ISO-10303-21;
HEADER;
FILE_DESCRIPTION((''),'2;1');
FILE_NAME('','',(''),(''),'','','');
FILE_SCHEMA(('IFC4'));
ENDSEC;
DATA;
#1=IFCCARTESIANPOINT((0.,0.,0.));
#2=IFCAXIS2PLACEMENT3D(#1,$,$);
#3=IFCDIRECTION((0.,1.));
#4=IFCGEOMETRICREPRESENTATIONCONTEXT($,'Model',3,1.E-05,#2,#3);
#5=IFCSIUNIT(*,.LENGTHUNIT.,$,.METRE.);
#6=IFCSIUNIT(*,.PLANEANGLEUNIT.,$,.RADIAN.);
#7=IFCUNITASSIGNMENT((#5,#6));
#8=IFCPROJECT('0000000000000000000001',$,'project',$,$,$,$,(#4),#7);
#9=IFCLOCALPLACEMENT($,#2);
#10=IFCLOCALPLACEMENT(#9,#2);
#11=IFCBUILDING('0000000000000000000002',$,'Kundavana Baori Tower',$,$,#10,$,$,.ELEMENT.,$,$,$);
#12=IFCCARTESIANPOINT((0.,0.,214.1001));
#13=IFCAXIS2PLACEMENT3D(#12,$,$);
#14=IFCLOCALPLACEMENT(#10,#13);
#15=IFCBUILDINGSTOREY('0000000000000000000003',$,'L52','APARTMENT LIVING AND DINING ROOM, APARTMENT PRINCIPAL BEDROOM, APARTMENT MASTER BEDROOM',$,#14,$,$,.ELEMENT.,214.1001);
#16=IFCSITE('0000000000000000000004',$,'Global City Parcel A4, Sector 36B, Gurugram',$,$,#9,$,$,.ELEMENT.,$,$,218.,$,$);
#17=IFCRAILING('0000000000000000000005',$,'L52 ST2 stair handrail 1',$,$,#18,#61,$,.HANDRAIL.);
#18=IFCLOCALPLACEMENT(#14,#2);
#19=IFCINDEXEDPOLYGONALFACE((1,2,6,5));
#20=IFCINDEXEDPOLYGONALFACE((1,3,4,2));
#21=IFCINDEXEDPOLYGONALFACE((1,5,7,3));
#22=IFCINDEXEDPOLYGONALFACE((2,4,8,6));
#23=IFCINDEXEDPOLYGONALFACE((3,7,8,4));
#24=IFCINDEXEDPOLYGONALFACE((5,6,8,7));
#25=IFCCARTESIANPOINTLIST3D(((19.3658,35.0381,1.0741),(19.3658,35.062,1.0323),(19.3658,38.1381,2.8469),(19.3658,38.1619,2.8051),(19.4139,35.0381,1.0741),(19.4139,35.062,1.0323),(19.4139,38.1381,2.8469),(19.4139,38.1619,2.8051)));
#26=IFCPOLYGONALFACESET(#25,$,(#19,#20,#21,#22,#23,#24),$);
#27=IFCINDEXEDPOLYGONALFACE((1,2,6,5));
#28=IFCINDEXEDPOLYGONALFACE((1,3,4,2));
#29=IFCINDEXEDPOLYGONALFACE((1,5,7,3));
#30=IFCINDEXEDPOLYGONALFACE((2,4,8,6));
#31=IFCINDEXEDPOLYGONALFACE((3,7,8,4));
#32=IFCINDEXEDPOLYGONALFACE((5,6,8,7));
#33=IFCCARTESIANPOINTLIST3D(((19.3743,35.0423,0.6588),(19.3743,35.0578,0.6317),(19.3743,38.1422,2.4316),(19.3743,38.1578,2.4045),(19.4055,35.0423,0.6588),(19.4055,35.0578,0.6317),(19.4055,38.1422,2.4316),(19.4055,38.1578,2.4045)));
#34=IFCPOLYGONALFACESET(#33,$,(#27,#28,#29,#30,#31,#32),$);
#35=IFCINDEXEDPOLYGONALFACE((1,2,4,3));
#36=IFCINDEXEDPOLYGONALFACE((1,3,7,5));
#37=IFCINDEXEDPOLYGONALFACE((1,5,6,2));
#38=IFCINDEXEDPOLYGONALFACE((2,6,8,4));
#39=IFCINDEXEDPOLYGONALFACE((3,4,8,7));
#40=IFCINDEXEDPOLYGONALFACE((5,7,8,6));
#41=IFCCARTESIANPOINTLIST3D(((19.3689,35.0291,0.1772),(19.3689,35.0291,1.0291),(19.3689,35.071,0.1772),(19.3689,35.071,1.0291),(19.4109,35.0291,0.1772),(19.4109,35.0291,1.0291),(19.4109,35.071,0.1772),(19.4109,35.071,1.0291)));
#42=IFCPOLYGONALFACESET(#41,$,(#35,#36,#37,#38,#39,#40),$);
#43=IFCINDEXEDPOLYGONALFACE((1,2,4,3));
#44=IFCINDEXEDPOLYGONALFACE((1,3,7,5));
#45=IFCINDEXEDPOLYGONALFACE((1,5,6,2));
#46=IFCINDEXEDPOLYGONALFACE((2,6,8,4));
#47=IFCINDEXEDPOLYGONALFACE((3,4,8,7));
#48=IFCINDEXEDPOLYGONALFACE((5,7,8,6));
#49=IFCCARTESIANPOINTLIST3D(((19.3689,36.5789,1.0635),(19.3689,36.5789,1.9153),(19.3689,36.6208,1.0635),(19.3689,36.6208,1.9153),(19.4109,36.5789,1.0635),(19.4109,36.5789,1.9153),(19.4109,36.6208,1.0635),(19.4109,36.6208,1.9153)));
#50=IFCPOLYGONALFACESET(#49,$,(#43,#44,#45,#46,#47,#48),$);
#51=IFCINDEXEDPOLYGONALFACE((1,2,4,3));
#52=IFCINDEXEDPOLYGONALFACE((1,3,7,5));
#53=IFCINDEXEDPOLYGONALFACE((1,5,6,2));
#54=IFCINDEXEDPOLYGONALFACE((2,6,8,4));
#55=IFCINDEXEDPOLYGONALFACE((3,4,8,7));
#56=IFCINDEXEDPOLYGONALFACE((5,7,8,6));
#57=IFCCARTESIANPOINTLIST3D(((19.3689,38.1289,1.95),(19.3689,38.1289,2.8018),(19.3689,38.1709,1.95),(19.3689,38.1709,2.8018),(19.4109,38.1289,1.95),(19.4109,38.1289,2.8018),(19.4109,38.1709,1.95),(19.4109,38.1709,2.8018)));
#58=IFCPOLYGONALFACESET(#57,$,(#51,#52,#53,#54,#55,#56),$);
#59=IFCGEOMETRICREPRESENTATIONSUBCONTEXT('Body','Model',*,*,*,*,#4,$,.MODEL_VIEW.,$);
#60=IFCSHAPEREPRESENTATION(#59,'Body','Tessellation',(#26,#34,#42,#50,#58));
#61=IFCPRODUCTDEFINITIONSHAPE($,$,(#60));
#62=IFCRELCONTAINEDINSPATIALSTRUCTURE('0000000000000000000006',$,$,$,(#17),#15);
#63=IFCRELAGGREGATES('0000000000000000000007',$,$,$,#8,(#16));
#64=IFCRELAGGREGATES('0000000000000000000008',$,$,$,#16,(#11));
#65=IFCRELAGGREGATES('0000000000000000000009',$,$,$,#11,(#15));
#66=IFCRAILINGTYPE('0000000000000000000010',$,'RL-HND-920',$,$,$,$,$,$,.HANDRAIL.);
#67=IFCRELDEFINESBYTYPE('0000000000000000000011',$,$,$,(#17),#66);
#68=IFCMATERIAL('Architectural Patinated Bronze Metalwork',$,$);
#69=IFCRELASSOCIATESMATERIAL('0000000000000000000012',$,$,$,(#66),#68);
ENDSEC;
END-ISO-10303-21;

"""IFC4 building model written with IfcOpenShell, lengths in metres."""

from ifc_helpers import new_model, si_unit, direction, frame, origin, origin_2d, place, context, subcontext, project, spatial, rectangle, extrude, material, type_object, element, save


model = new_model("IFC4")

# Units and contexts
model_context = context("Model", 3, precision=1e-05, world=origin(), true_north=direction((0.0, 1.0)))
body_context = subcontext(model_context, "Body", "Model", "MODEL_VIEW")
ifc_project = project(units=[si_unit("LENGTHUNIT", "METRE"), si_unit("PLANEANGLEUNIT", "RADIAN")], contexts=[model_context])

# Site, building, storey
site_placement = place(None, origin())
site = spatial("IfcSite", under=ifc_project, at=site_placement, Name="Global City Parcel A4, Sector 36B, Gurugram", CompositionType="ELEMENT", RefElevation=218.0)
building_placement = place(site_placement, origin())
building = spatial("IfcBuilding", under=site, at=building_placement, Name="Kundavana Baori Tower", CompositionType="ELEMENT")
storey_placement = place(building_placement, frame((0.0, 0.0, 214.1001)))
storey = spatial("IfcBuildingStorey", under=building, at=storey_placement, Name="L52", Description="APARTMENT LIVING AND DINING ROOM, APARTMENT PRINCIPAL BEDROOM, APARTMENT MASTER BEDROOM", CompositionType="ELEMENT", Elevation=214.1001)

# Railing
ifc_material_1 = material(Name="Architectural Patinated Bronze Metalwork")
railing_type_1 = type_object("IfcRailingType", Name="RL-HND-920", PredefinedType="HANDRAIL", material=ifc_material_1)
railing_1_placement = place(storey_placement, frame((19.3899, 35.05, 0.1772)))
element("IfcRailing", 1, at=railing_1_placement, inside=storey, type_object=railing_type_1, Name="L52 ST2 stair handrail 1", PredefinedType="HANDRAIL", context=body_context, shape_type="SweptSolid", body=[
    extrude(rectangle(XDim=0.0481, YDim=0.0481, at=origin_2d()), frame((0.0, 0.0, 0.876), z_axis=(0.0, 0.868079, 0.496426), x_axis=(-1.0, 0.0, 0.0)), (0.0, 0.0, 1.0), 3.571),
    extrude(rectangle(XDim=0.0312, YDim=0.0312, at=origin_2d()), frame((0.0, 0.0, 0.468), z_axis=(0.0, 0.868079, 0.496426), x_axis=(-1.0, 0.0, 0.0)), (0.0, 0.0, 1.0), 3.571),
    extrude(rectangle(XDim=0.042, YDim=0.042, at=origin_2d()), origin(), (0.0, 0.0, 1.0), 0.8518),
    extrude(rectangle(XDim=0.042, YDim=0.042, at=origin_2d()), frame((0.0, 1.5498, 0.8862)), (0.0, 0.0, 1.0), 0.8518),
    extrude(rectangle(XDim=0.042, YDim=0.042, at=origin_2d()), frame((0.0, 3.0999, 1.7727)), (0.0, 0.0, 1.0), 0.8518),
])

save(model, "model.ifc")
